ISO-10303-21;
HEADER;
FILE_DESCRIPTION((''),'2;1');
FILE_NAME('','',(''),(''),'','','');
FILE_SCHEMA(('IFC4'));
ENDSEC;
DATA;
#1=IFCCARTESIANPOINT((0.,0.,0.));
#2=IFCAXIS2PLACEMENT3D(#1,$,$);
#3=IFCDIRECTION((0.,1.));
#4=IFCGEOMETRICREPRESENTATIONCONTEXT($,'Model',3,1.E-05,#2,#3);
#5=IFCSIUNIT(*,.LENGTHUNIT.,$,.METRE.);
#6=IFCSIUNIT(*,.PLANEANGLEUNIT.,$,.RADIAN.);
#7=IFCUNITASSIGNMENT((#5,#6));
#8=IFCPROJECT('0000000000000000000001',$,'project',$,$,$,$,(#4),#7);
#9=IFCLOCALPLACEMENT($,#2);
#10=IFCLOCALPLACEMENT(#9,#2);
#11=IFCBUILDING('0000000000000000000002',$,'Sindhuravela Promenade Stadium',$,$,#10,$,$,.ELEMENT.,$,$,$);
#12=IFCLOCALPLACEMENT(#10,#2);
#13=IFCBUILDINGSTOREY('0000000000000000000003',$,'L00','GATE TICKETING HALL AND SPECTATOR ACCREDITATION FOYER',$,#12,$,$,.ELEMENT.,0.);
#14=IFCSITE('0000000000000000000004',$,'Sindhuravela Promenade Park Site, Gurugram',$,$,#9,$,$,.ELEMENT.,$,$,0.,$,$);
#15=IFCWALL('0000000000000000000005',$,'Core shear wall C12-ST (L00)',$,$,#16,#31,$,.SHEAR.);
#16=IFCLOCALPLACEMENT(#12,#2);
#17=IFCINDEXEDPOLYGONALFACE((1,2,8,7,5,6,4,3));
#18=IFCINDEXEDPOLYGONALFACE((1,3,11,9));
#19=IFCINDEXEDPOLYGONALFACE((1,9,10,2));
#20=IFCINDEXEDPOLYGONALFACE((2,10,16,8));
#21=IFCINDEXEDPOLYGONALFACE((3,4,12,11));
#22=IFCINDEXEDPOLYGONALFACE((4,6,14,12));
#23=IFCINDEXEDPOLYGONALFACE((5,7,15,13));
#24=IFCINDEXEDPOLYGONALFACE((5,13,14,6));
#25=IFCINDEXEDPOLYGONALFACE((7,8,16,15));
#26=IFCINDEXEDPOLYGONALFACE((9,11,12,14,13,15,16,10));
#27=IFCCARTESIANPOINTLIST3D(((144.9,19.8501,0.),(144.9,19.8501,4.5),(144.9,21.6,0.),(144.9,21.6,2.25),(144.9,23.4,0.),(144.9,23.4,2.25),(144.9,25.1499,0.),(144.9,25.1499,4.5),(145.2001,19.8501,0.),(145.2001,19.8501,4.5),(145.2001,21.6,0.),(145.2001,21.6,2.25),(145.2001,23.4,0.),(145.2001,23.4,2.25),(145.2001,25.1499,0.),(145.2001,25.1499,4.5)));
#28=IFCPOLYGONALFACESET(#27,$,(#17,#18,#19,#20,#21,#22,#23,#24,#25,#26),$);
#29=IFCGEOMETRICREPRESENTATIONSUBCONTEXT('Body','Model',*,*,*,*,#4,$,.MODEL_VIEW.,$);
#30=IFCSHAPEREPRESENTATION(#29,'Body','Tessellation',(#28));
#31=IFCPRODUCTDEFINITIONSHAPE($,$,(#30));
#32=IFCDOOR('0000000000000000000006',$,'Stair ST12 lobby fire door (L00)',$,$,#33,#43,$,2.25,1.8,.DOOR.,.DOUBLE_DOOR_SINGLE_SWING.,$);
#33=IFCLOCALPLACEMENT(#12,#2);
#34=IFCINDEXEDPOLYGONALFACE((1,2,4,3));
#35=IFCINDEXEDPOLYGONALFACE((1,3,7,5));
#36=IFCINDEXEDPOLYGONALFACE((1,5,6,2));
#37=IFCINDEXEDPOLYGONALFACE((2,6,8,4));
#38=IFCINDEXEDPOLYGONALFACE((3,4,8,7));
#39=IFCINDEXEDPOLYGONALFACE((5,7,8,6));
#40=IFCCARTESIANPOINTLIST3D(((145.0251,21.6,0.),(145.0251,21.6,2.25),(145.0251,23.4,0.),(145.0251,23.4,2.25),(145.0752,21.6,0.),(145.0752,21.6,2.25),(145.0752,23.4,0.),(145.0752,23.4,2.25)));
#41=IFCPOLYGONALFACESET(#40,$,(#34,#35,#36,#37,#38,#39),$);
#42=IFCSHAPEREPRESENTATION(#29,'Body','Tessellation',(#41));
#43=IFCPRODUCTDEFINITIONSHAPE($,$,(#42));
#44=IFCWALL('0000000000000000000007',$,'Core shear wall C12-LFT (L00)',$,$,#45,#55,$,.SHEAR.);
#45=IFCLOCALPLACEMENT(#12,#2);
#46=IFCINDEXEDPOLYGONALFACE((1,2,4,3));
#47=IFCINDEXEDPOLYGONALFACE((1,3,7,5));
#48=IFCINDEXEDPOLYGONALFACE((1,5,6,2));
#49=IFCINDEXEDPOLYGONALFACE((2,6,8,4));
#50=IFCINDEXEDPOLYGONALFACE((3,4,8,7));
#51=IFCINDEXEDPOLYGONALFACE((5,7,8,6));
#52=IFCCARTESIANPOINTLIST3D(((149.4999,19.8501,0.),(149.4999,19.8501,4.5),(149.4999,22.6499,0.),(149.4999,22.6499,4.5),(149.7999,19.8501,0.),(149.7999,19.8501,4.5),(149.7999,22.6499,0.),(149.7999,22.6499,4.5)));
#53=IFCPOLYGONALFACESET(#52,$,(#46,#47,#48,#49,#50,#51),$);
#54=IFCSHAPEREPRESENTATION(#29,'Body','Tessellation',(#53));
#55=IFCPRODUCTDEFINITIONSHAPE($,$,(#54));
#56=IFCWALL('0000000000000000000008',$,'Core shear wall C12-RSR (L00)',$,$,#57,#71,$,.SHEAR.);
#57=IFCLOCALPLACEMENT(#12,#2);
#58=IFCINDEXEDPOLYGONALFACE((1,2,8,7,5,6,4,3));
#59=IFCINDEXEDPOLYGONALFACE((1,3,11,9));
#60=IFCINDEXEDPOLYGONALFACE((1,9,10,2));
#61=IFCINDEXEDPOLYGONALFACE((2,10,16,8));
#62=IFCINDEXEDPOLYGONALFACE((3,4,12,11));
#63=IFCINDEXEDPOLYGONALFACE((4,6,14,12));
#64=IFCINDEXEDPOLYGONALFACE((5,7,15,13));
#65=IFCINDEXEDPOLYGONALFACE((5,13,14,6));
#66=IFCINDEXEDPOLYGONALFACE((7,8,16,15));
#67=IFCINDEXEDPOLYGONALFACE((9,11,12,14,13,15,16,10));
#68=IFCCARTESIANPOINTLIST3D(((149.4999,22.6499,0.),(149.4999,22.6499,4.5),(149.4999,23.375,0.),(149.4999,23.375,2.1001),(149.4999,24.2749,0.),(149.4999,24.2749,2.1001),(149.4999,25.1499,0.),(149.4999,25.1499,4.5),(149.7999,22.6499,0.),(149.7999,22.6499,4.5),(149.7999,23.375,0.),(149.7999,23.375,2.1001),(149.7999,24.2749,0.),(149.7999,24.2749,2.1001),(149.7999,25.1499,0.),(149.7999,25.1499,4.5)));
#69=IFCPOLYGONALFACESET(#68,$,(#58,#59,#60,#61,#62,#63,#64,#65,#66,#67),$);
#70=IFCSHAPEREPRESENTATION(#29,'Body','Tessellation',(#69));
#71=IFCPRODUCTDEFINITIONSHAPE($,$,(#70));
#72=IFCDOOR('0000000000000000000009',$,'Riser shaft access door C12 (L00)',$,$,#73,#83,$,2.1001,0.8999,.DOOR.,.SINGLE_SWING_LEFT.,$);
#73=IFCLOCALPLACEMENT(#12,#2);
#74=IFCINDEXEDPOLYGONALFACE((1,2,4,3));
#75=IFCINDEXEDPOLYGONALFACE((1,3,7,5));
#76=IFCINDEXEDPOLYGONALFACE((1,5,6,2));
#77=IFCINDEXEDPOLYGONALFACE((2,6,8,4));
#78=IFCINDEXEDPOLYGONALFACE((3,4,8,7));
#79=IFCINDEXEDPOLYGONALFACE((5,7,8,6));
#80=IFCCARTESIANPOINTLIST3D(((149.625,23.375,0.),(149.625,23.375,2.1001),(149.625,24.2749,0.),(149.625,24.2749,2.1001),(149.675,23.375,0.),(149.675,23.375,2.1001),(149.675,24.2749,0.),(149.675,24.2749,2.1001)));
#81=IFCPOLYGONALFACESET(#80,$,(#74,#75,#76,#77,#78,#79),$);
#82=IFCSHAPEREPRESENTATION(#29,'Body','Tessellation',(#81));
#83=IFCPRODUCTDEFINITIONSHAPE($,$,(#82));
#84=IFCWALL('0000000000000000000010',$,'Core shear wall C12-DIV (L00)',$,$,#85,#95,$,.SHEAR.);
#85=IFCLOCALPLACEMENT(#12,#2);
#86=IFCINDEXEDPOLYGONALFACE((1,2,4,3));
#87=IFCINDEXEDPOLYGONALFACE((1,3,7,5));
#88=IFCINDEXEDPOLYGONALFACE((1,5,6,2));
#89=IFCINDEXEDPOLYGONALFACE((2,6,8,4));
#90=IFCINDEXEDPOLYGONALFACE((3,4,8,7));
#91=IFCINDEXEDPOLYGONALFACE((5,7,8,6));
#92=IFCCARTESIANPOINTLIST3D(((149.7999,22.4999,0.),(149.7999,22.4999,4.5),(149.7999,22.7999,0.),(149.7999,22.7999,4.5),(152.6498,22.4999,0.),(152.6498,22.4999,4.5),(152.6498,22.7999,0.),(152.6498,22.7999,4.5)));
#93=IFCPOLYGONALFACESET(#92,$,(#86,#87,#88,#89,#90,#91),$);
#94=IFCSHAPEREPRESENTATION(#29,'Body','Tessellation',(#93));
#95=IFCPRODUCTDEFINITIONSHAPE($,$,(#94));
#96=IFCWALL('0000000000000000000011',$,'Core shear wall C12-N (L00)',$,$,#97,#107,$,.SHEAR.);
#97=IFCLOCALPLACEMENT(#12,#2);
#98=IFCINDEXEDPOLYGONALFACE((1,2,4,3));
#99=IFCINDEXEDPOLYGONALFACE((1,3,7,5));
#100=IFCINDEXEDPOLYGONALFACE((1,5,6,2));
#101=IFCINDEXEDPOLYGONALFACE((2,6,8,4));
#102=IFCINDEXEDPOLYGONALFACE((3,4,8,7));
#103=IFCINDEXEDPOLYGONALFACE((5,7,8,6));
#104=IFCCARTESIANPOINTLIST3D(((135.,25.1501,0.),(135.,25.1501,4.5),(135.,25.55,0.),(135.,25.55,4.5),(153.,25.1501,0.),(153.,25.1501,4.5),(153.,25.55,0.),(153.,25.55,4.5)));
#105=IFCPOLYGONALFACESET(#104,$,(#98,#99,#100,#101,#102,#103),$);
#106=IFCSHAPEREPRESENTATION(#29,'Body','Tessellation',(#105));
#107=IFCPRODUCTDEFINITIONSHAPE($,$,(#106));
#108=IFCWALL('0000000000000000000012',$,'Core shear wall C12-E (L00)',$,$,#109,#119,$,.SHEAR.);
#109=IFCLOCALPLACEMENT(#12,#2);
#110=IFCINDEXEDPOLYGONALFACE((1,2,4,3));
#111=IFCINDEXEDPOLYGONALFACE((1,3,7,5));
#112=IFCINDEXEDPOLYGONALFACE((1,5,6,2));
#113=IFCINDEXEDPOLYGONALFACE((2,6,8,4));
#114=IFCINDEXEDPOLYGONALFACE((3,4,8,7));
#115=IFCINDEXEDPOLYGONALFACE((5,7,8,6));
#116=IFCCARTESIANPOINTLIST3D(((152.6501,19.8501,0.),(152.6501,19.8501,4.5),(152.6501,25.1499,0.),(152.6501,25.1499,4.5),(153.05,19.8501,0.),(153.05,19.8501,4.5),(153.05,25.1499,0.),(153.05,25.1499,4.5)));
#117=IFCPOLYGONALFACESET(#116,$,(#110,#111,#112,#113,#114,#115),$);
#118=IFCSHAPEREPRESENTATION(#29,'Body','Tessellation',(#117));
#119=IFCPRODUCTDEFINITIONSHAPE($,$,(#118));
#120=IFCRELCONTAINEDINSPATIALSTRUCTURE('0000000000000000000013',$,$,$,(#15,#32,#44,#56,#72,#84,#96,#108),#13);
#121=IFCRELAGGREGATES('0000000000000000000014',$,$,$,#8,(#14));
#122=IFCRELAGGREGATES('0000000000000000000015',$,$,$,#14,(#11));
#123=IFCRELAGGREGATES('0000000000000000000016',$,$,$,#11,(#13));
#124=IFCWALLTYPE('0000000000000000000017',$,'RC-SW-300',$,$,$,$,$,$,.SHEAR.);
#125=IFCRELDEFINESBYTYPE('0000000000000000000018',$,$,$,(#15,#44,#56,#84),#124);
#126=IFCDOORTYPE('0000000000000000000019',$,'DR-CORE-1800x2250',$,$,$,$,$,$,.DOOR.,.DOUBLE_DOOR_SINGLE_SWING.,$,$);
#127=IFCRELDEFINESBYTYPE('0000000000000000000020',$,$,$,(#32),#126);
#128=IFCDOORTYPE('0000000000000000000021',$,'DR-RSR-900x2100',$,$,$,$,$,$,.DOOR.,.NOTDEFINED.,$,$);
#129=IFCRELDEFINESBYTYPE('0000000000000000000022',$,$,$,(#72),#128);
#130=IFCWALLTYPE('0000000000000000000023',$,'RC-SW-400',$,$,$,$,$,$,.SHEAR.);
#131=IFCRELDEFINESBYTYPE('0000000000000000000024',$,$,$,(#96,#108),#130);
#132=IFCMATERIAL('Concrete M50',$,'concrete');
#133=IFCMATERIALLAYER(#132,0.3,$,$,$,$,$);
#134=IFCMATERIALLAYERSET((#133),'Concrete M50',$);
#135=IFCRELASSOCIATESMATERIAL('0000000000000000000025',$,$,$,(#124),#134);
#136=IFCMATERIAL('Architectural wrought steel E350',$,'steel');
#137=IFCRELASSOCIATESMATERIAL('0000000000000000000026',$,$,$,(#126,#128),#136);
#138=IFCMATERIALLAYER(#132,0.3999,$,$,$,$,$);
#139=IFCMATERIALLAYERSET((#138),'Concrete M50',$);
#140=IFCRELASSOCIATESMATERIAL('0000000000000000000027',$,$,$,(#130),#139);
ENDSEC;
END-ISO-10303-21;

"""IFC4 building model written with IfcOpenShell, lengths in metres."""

from ifc_helpers import new_model, si_unit, direction, frame, frame_2d, origin, place, context, subcontext, project, spatial, rectangle, extrude, material, layer, layer_set, type_object, element, fill, save


model = new_model("IFC4")

# Units and contexts
model_context = context("Model", 3, precision=1e-05, world=origin(), true_north=direction((0.0, 1.0)))
body_context = subcontext(model_context, "Body", "Model", "MODEL_VIEW")
ifc_project = project(units=[si_unit("LENGTHUNIT", "METRE"), si_unit("PLANEANGLEUNIT", "RADIAN")], contexts=[model_context])

# Site, building, storey
site_placement = place(None, origin())
site = spatial("IfcSite", under=ifc_project, at=site_placement, Name="Sindhuravela Promenade Park Site, Gurugram", CompositionType="ELEMENT", RefElevation=0.0)
building_placement = place(site_placement, origin())
building = spatial("IfcBuilding", under=site, at=building_placement, Name="Sindhuravela Promenade Stadium", CompositionType="ELEMENT")
storey_placement = place(building_placement, origin())
storey = spatial("IfcBuildingStorey", under=building, at=storey_placement, Name="L00", Description="GATE TICKETING HALL AND SPECTATOR ACCREDITATION FOYER", CompositionType="ELEMENT", Elevation=0.0)

# Shared definitions
ifc_material_1 = material(Name="Concrete M50", Category="concrete")

# Wall, opening, door
ifc_layer_1 = layer(ifc_material_1, 0.3)
ifc_layer_set_1 = layer_set([ifc_layer_1], Name="Concrete M50")
wall_type_1 = type_object("IfcWallType", Name="RC-SW-300", PredefinedType="SHEAR", material=ifc_layer_set_1)
wall_1_placement = place(storey_placement, frame((145.05, 19.8501, 0.0), z_axis=(0.0, 0.0, 1.0), x_axis=(0.0, 1.0, 0.0)))
wall_1 = element("IfcWall", 1, at=wall_1_placement, inside=storey, type_object=wall_type_1, Name="Core shear wall C12-ST (L00)", PredefinedType="SHEAR", context=body_context, shape_type="SweptSolid", body=[
    extrude(rectangle(XDim=5.2998, YDim=0.3, at=frame_2d((2.6499, 0.0))), origin(), (0.0, 0.0, 1.0), 4.5),
])
opening_1_placement = place(wall_1_placement, frame((1.75, 0.0, 0.0)))
opening_1 = element("IfcOpeningElement", 2, at=opening_1_placement, cuts=wall_1, PredefinedType="OPENING", context=body_context, shape_type="SweptSolid", body=[
    extrude(rectangle(XDim=1.8, YDim=2.25, at=frame_2d((0.8999, 1.125))), frame((0.0, 0.1599, 0.0), z_axis=(0.0, -1.0, 0.0), x_axis=(1.0, 0.0, 0.0)), (0.0, 0.0, 1.0), 0.3201),
])
ifc_material_2 = material(Name="Architectural wrought steel E350", Category="steel")
door_type_1 = type_object("IfcDoorType", Name="DR-CORE-1800x2250", OperationType="DOUBLE_DOOR_SINGLE_SWING", PredefinedType="DOOR", material=ifc_material_2)
door_1_placement = place(opening_1_placement, origin())
door_1 = element("IfcDoor", 3, at=door_1_placement, inside=storey, type_object=door_type_1, Name="Stair ST12 lobby fire door (L00)", OperationType="DOUBLE_DOOR_SINGLE_SWING", OverallHeight=2.25, OverallWidth=1.8, PredefinedType="DOOR", context=body_context, shape_type="SweptSolid", body=[
    extrude(rectangle(XDim=1.8, YDim=2.25, at=frame_2d((0.8999, 1.125))), frame((0.0, 0.0249, 0.0), z_axis=(0.0, -1.0, 0.0), x_axis=(1.0, 0.0, 0.0)), (0.0, 0.0, 1.0), 0.05),
])
fill(opening_1, door_1)

# Wall
wall_2_placement = place(storey_placement, frame((149.6499, 19.8501, 0.0), z_axis=(0.0, 0.0, 1.0), x_axis=(0.0, 1.0, 0.0)))
element("IfcWall", 4, at=wall_2_placement, inside=storey, type_object=wall_type_1, Name="Core shear wall C12-LFT (L00)", PredefinedType="SHEAR", context=body_context, shape_type="SweptSolid", body=[
    extrude(rectangle(XDim=2.7998, YDim=0.3, at=frame_2d((1.3999, 0.0))), origin(), (0.0, 0.0, 1.0), 4.5),
])

# Wall, opening, door
wall_3_placement = place(storey_placement, frame((149.6499, 22.6499, 0.0), z_axis=(0.0, 0.0, 1.0), x_axis=(0.0, 1.0, 0.0)))
wall_3 = element("IfcWall", 5, at=wall_3_placement, inside=storey, type_object=wall_type_1, Name="Core shear wall C12-RSR (L00)", PredefinedType="SHEAR", context=body_context, shape_type="SweptSolid", body=[
    extrude(rectangle(XDim=2.5, YDim=0.3, at=frame_2d((1.25, 0.0))), origin(), (0.0, 0.0, 1.0), 4.5),
])
opening_2_placement = place(wall_3_placement, frame((0.7251, 0.0, 0.0)))
opening_2 = element("IfcOpeningElement", 6, at=opening_2_placement, cuts=wall_3, PredefinedType="OPENING", context=body_context, shape_type="SweptSolid", body=[
    extrude(rectangle(XDim=0.8999, YDim=2.1001, at=frame_2d((0.45, 1.05))), frame((0.0, 0.1599, 0.0), z_axis=(0.0, -1.0, 0.0), x_axis=(1.0, 0.0, 0.0)), (0.0, 0.0, 1.0), 0.3201),
])
door_type_2 = type_object("IfcDoorType", Name="DR-RSR-900x2100", OperationType="NOTDEFINED", PredefinedType="DOOR", material=ifc_material_2)
door_2_placement = place(opening_2_placement, origin())
door_2 = element("IfcDoor", 7, at=door_2_placement, inside=storey, type_object=door_type_2, Name="Riser shaft access door C12 (L00)", OperationType="SINGLE_SWING_LEFT", OverallHeight=2.1001, OverallWidth=0.8999, PredefinedType="DOOR", context=body_context, shape_type="SweptSolid", body=[
    extrude(rectangle(XDim=0.8999, YDim=2.1001, at=frame_2d((0.45, 1.05))), frame((0.0, 0.0249, 0.0), z_axis=(0.0, -1.0, 0.0), x_axis=(1.0, 0.0, 0.0)), (0.0, 0.0, 1.0), 0.05),
])
fill(opening_2, door_2)

# Walls
wall_4_placement = place(storey_placement, frame((149.8, 22.6499, 0.0), z_axis=(0.0, 0.0, 1.0), x_axis=(1.0, 0.0, 0.0)))
element("IfcWall", 8, at=wall_4_placement, inside=storey, type_object=wall_type_1, Name="Core shear wall C12-DIV (L00)", PredefinedType="SHEAR", context=body_context, shape_type="SweptSolid", body=[
    extrude(rectangle(XDim=2.8499, YDim=0.3, at=frame_2d((1.4248, 0.0))), origin(), (0.0, 0.0, 1.0), 4.5),
])
ifc_layer_2 = layer(ifc_material_1, 0.3999)
ifc_layer_set_2 = layer_set([ifc_layer_2], Name="Concrete M50")
wall_type_2 = type_object("IfcWallType", Name="RC-SW-400", PredefinedType="SHEAR", material=ifc_layer_set_2)
wall_5_placement = place(storey_placement, frame((153.0, 25.3501, 0.0), z_axis=(0.0, 0.0, 1.0), x_axis=(-1.0, 0.0, 0.0)))
element("IfcWall", 9, at=wall_5_placement, inside=storey, type_object=wall_type_2, Name="Core shear wall C12-N (L00)", PredefinedType="SHEAR", context=body_context, shape_type="SweptSolid", body=[
    extrude(rectangle(XDim=18.0, YDim=0.3999, at=frame_2d((9.0, 0.0))), origin(), (0.0, 0.0, 1.0), 4.5),
])
wall_6_placement = place(storey_placement, frame((152.8501, 19.8501, 0.0), z_axis=(0.0, 0.0, 1.0), x_axis=(0.0, 1.0, 0.0)))
element("IfcWall", 10, at=wall_6_placement, inside=storey, type_object=wall_type_2, Name="Core shear wall C12-E (L00)", PredefinedType="SHEAR", context=body_context, shape_type="SweptSolid", body=[
    extrude(rectangle(XDim=5.2998, YDim=0.3999, at=frame_2d((2.6499, 0.0))), origin(), (0.0, 0.0, 1.0), 4.5),
])

save(model, "model.ifc")
